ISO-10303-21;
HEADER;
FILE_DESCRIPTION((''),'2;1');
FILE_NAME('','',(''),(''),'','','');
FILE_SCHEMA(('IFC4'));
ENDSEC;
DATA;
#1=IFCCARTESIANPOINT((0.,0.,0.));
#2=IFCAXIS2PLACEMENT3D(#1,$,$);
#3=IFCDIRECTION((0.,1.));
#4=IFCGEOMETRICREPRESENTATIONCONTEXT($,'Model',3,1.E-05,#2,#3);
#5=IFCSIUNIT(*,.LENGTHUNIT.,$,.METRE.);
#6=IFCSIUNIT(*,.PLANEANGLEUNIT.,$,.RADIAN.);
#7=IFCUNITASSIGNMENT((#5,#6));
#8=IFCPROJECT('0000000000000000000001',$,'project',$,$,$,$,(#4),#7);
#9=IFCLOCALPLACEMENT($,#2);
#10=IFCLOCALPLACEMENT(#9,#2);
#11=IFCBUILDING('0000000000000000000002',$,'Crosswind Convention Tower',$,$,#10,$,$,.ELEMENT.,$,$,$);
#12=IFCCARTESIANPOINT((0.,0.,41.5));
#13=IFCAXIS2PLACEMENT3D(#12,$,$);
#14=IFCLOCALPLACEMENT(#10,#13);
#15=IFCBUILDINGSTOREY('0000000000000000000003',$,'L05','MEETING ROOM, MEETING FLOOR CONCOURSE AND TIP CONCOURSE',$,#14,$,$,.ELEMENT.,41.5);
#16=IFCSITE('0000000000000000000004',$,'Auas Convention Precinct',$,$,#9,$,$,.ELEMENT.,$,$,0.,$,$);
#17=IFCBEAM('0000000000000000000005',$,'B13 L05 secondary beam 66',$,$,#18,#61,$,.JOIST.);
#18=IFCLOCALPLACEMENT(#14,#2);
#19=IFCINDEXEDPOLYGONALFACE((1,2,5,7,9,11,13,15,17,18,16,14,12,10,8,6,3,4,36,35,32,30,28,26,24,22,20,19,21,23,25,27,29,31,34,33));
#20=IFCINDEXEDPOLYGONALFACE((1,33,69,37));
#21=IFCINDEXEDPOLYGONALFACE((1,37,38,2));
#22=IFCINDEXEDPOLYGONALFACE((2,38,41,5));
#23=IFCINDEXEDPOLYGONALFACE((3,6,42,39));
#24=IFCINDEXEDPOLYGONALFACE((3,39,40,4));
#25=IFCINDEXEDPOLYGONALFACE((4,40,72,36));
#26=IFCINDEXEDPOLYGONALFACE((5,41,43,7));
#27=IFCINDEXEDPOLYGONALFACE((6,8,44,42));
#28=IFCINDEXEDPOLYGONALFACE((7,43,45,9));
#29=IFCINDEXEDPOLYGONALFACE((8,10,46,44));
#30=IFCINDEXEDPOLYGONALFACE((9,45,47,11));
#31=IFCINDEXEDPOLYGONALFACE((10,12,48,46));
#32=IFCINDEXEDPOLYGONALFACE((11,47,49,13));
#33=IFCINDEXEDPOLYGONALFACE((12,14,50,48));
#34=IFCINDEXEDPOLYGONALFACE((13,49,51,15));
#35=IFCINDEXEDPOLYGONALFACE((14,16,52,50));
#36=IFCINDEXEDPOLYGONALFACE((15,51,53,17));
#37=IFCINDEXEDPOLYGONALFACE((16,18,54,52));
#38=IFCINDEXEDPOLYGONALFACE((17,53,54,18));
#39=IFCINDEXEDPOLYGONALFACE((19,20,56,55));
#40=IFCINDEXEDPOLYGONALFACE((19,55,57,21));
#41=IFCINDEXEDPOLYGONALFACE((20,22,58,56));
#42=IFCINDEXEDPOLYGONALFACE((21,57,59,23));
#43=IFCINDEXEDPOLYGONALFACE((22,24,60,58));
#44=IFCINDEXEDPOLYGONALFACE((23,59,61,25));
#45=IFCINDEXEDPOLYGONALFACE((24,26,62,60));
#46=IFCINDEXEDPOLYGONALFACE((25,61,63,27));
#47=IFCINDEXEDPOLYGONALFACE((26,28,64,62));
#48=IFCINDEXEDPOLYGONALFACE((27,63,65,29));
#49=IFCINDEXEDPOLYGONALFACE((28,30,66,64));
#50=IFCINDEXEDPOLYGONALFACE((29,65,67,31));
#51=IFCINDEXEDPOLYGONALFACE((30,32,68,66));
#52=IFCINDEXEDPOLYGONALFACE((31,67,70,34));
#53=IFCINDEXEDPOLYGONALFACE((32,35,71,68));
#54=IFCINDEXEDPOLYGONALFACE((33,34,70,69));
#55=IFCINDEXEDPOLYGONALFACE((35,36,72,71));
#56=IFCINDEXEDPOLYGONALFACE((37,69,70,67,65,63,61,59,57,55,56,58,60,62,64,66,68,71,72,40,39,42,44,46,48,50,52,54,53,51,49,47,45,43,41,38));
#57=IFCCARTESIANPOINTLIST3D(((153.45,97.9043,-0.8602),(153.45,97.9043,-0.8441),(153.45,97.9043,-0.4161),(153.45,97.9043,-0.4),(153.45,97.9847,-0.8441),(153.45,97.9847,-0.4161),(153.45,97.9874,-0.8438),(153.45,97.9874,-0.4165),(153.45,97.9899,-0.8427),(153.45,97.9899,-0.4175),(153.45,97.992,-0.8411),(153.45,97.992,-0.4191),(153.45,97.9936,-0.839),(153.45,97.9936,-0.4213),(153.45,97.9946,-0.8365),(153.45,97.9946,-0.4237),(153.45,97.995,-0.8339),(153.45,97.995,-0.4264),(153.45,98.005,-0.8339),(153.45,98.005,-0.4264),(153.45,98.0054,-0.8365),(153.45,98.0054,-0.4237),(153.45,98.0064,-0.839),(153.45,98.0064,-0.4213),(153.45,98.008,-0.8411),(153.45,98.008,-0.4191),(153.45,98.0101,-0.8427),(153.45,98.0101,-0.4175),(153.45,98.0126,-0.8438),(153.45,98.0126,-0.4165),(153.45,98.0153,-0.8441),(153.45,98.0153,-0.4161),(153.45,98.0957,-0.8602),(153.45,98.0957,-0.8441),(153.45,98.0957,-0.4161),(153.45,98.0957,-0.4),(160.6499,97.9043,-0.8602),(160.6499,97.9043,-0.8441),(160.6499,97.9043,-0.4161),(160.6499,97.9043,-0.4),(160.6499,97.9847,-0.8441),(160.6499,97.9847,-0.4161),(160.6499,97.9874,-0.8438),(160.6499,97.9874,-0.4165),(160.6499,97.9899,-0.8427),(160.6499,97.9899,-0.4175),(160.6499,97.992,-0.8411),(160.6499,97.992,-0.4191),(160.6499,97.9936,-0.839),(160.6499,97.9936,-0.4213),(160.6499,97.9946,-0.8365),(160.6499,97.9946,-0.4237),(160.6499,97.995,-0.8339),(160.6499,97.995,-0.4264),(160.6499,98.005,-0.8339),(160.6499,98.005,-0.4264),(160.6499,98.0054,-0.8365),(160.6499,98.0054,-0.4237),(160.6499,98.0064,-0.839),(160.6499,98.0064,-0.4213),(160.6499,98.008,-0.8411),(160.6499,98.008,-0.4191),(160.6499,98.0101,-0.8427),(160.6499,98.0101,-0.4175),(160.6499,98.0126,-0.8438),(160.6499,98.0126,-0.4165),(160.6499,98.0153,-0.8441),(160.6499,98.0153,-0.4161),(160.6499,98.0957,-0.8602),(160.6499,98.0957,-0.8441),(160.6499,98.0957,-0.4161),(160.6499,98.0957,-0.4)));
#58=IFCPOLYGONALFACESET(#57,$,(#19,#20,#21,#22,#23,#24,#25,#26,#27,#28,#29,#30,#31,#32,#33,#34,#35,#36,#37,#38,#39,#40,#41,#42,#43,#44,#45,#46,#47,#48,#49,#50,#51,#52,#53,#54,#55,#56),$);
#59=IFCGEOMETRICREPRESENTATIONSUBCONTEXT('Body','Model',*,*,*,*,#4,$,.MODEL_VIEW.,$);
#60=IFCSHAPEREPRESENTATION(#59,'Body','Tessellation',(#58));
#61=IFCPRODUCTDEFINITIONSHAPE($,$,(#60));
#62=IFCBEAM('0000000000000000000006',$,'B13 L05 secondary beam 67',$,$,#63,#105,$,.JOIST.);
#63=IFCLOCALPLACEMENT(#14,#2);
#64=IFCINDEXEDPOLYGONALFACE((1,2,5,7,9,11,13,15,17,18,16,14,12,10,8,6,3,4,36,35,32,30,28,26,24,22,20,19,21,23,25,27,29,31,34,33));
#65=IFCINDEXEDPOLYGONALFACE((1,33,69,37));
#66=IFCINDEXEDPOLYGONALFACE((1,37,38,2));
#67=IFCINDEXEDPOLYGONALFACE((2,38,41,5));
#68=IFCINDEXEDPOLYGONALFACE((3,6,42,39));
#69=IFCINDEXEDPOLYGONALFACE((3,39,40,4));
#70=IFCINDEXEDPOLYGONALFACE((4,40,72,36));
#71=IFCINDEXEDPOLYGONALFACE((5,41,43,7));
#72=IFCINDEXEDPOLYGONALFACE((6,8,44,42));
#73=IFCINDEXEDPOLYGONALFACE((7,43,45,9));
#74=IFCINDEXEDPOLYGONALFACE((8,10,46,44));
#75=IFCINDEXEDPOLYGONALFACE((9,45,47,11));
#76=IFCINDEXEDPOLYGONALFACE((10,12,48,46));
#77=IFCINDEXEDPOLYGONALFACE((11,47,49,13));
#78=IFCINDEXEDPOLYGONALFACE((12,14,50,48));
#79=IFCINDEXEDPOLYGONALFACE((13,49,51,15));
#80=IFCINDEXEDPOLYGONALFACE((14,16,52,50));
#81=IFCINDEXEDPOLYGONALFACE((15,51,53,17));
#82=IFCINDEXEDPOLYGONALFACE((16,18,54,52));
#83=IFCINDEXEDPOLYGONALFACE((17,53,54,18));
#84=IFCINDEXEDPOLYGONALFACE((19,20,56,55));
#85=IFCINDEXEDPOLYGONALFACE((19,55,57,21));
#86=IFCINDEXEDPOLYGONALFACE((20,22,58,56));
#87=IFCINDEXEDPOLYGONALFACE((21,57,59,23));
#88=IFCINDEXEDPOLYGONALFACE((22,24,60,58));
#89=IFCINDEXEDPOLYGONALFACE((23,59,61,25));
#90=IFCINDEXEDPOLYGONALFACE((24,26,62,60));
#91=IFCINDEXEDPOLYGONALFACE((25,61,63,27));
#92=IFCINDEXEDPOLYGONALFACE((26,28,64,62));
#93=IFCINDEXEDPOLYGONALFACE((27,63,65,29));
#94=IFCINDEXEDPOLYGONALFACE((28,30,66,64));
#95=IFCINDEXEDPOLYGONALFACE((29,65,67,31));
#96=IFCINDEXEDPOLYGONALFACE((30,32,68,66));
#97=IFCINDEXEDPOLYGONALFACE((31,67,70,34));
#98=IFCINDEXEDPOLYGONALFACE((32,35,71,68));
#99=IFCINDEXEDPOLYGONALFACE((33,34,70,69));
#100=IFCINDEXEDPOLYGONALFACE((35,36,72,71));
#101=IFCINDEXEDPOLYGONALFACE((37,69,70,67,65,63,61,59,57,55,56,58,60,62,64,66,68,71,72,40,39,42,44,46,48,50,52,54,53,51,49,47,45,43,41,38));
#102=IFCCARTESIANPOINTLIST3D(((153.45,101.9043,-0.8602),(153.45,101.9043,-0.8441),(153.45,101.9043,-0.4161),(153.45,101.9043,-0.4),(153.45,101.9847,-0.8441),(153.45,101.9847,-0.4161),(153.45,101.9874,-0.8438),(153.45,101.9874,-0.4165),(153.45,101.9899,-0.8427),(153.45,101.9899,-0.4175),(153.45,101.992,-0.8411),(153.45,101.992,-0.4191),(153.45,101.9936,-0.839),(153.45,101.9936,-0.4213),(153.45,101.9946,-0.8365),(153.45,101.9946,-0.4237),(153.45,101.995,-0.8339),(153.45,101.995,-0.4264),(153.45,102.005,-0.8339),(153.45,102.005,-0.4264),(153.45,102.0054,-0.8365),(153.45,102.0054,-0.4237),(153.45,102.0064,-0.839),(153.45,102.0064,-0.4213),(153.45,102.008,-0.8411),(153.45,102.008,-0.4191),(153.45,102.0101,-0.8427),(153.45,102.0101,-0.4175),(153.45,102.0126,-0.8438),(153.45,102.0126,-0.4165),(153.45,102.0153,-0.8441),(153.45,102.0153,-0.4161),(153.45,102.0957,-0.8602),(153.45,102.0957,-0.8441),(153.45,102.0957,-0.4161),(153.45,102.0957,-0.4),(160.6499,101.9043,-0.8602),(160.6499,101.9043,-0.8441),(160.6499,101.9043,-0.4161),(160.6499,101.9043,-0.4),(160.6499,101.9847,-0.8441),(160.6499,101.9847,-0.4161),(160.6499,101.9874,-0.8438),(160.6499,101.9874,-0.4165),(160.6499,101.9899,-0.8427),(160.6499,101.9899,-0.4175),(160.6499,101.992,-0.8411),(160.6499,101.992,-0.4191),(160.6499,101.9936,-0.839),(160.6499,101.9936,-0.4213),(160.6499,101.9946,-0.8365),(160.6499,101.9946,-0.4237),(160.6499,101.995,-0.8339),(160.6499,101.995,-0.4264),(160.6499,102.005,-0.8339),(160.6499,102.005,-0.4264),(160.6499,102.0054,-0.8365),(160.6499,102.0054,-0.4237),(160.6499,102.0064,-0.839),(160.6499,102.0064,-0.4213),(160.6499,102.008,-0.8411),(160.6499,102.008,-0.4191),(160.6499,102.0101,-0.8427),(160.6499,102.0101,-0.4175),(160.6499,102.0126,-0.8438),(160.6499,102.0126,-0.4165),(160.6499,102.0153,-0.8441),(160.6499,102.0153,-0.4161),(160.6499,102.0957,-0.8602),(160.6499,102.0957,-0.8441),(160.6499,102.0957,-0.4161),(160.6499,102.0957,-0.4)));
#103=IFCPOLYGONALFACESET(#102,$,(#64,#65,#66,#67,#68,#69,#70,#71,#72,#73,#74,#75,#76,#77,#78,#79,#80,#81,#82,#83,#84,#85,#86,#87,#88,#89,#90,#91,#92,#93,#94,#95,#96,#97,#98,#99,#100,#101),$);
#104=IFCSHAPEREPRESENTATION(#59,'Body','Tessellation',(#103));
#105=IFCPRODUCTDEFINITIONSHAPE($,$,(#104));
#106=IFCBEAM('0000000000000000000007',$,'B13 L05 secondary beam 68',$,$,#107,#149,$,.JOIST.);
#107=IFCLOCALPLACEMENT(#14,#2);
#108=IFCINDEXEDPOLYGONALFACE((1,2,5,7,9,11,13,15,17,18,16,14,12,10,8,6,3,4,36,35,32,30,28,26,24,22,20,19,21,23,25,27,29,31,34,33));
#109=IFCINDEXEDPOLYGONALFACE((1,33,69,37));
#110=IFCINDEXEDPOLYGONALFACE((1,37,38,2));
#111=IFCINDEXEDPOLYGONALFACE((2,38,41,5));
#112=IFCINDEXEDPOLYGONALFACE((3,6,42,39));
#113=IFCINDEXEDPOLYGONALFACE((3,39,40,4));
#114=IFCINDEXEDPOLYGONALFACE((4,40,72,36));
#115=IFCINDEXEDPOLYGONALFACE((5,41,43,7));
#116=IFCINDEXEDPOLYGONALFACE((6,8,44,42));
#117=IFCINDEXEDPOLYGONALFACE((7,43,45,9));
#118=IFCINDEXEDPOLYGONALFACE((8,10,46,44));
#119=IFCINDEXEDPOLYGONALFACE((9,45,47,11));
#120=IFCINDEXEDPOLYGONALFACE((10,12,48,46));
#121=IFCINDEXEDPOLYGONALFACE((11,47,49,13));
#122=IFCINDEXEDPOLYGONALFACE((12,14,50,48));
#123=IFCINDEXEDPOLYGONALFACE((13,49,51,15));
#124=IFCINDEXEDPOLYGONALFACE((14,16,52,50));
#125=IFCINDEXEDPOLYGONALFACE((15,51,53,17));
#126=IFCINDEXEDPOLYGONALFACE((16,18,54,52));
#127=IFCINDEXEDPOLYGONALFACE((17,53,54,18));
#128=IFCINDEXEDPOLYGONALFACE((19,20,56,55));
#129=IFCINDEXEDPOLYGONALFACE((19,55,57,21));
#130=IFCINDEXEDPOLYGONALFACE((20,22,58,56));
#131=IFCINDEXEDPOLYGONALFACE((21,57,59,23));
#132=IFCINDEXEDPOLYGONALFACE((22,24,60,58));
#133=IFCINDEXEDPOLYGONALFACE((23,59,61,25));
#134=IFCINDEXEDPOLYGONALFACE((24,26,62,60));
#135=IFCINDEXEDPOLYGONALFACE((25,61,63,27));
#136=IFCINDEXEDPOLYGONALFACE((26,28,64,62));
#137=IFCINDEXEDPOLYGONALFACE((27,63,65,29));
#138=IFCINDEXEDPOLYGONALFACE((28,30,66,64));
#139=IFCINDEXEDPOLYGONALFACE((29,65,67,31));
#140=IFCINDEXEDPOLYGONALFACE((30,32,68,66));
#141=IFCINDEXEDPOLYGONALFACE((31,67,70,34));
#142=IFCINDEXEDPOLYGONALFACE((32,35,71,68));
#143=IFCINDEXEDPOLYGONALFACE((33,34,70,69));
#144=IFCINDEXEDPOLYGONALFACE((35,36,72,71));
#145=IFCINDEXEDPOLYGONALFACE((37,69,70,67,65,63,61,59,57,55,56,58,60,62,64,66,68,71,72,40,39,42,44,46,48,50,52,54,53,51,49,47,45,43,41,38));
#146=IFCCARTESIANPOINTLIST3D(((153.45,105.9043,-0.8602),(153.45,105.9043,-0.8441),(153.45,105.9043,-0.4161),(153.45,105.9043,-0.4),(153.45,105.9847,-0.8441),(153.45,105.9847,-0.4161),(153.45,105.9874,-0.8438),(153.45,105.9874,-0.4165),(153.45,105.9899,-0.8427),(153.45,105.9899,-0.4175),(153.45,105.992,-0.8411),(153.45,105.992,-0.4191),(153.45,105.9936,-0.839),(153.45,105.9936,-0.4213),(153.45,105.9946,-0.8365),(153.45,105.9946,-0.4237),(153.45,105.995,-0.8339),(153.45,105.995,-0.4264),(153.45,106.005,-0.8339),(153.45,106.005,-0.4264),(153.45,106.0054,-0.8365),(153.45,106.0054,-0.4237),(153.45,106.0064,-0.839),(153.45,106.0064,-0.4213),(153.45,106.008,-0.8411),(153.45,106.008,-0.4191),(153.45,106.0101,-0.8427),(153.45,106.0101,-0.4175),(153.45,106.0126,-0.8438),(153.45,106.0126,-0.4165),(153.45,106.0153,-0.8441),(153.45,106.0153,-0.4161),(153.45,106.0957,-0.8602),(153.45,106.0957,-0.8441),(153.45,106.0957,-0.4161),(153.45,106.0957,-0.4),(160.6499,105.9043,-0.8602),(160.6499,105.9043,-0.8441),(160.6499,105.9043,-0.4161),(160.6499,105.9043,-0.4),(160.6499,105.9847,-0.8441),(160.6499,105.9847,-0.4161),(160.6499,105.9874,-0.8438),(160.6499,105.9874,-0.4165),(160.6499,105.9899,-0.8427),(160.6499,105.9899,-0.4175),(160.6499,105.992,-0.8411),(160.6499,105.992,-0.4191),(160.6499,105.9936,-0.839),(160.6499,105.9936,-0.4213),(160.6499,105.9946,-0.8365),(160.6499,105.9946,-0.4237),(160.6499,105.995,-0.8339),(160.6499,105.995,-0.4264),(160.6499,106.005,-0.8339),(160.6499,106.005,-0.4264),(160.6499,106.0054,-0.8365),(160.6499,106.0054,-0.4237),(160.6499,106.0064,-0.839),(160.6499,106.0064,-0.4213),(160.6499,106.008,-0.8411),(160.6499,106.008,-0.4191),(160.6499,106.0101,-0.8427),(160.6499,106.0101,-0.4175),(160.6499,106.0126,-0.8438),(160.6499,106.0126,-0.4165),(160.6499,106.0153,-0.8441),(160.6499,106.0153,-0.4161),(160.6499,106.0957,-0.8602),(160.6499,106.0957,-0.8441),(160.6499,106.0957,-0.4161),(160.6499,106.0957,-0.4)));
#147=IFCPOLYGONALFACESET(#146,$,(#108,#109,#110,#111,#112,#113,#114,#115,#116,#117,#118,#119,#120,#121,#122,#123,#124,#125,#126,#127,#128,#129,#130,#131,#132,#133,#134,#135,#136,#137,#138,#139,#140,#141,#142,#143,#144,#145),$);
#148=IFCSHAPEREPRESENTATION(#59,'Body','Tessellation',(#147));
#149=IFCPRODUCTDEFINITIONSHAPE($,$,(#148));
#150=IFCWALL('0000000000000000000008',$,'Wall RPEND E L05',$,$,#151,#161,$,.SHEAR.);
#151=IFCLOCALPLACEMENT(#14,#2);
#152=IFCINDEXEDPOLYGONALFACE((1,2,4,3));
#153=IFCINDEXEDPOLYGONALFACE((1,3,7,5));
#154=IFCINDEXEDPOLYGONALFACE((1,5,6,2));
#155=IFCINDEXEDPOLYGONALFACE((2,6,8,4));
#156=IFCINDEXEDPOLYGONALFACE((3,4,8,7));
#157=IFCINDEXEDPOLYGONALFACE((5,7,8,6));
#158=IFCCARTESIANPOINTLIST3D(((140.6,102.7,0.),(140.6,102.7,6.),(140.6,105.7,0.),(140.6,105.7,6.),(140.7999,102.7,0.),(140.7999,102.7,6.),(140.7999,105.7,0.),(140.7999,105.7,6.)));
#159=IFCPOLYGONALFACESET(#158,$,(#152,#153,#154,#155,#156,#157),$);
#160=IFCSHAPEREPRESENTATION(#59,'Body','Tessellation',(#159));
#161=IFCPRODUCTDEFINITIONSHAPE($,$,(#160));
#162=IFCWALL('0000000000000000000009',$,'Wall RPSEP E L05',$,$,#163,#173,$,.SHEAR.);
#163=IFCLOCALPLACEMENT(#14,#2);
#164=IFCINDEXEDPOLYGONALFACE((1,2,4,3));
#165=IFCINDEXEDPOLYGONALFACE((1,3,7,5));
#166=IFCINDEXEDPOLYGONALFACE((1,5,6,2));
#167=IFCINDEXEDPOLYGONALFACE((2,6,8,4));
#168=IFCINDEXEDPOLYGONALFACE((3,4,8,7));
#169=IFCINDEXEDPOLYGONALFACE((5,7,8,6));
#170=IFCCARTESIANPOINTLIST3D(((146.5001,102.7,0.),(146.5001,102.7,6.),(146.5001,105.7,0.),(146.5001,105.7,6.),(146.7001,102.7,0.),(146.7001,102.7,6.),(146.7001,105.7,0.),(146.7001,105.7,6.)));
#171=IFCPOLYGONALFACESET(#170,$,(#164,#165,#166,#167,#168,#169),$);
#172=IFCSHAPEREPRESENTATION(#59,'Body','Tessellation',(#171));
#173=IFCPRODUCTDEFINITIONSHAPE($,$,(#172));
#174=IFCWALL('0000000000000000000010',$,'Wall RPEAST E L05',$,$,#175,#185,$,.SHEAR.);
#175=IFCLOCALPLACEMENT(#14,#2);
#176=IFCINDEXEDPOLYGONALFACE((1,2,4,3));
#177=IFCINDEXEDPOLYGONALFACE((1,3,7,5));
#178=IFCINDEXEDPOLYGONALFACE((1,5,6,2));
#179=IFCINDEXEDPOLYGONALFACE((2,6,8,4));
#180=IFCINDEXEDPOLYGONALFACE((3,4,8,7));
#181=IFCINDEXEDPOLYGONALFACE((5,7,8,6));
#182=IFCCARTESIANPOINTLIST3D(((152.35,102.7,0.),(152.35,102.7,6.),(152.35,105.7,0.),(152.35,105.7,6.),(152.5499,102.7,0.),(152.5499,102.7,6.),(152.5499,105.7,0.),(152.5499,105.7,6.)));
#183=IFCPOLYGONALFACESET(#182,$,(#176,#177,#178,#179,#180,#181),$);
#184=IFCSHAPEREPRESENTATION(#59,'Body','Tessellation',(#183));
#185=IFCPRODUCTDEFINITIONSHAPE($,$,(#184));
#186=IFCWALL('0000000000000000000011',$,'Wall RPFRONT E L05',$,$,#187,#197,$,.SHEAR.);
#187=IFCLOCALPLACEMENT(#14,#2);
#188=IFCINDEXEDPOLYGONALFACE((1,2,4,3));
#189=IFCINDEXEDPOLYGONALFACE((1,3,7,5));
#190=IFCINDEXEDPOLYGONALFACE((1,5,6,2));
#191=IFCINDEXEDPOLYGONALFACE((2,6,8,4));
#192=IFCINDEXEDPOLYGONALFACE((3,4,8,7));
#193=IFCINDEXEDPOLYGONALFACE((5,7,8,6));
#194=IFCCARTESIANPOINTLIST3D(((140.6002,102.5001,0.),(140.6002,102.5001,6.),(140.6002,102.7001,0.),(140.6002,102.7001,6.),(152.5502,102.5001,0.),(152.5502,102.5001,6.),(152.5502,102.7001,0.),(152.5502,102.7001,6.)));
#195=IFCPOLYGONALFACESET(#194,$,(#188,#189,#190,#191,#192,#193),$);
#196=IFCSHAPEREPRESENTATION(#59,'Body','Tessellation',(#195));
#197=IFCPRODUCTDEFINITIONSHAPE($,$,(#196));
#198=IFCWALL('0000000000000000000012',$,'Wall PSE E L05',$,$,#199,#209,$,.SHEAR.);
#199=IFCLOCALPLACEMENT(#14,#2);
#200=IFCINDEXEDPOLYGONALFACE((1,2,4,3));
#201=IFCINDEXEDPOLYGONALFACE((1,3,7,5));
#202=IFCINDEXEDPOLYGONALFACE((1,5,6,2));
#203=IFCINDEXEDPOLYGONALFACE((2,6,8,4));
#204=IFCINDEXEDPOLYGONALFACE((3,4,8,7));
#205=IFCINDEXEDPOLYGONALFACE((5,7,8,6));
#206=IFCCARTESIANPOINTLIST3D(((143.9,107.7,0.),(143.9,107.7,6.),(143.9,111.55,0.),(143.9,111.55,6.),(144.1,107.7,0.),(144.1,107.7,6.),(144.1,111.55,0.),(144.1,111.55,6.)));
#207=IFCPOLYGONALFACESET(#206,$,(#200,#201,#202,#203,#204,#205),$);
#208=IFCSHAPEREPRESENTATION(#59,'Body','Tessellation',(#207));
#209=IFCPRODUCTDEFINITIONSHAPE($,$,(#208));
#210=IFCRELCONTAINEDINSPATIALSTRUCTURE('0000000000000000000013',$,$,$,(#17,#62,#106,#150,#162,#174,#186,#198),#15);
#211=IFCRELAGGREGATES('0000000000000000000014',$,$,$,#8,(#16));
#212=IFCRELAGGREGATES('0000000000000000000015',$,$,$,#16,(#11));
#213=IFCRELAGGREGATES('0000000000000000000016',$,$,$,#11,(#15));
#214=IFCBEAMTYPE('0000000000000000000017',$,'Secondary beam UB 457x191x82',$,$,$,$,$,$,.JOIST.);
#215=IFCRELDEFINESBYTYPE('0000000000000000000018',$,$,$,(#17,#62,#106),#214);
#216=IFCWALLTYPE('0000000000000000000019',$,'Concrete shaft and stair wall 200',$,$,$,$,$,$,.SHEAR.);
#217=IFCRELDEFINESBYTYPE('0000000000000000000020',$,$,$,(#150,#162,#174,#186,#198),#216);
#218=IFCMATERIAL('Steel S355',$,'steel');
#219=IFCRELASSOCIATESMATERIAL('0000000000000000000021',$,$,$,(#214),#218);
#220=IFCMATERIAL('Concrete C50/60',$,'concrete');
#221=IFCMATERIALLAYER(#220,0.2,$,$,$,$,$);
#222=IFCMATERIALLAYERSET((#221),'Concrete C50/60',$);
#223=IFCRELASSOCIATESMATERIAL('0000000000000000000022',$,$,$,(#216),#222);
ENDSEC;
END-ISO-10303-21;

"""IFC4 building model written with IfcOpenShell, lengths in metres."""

from ifc_helpers import new_model, si_unit, direction, frame, frame_2d, origin, origin_2d, place, context, subcontext, project, spatial, rectangle, i_section, extrude, material, layer, layer_set, material_profile, profile_set, type_object, element, save


model = new_model("IFC4")

# Units and contexts
model_context = context("Model", 3, precision=1e-05, world=origin(), true_north=direction((0.0, 1.0)))
body_context = subcontext(model_context, "Body", "Model", "MODEL_VIEW")
ifc_project = project(units=[si_unit("LENGTHUNIT", "METRE"), si_unit("PLANEANGLEUNIT", "RADIAN")], contexts=[model_context])

# Site, building, storey
site_placement = place(None, origin())
site = spatial("IfcSite", under=ifc_project, at=site_placement, Name="Auas Convention Precinct", CompositionType="ELEMENT", RefElevation=0.0)
building_placement = place(site_placement, origin())
building = spatial("IfcBuilding", under=site, at=building_placement, Name="Crosswind Convention Tower", CompositionType="ELEMENT")
storey_placement = place(building_placement, frame((0.0, 0.0, 41.5)))
storey = spatial("IfcBuildingStorey", under=building, at=storey_placement, Name="L05", Description="MEETING ROOM, MEETING FLOOR CONCOURSE AND TIP CONCOURSE", CompositionType="ELEMENT", Elevation=41.5)

# Beams
ifc_material_1 = material(Name="Steel S355", Category="steel")
ifc_material_profile = material_profile(ifc_material_1, i_section(OverallWidth=0.1914, OverallDepth=0.4602, WebThickness=0.01, FlangeThickness=0.0161, FilletRadius=0.0103, at=origin_2d()), Name="UB 457x191x82")
ifc_profile_set = profile_set([ifc_material_profile], Name="Steel S355")
beam_type = type_object("IfcBeamType", Name="Secondary beam UB 457x191x82", PredefinedType="JOIST", material=ifc_profile_set)
for number, where, z_axis, x_axis, name in (
    (1, (153.45, 98.0, -0.6301), (1.0, 0.0, 0.0), (0.0, 1.0, 0.0), "B13 L05 secondary beam 66"),
    (2, (153.45, 102.0, -0.6301), (1.0, 0.0, 0.0), (0.0, 1.0, 0.0), "B13 L05 secondary beam 67"),
    (3, (153.45, 106.0, -0.6301), (1.0, 0.0, 0.0), (0.0, 1.0, 0.0), "B13 L05 secondary beam 68"),
):
    element("IfcBeam", number, at=place(storey_placement, frame(where, z_axis=z_axis, x_axis=x_axis)), inside=storey, type_object=beam_type, Name=name, PredefinedType="JOIST", context=body_context, shape_type="SweptSolid", body=[
        extrude(i_section(OverallWidth=0.1914, OverallDepth=0.4602, WebThickness=0.01, FlangeThickness=0.0161, FilletRadius=0.0103, at=origin_2d()), origin(), (0.0, 0.0, 1.0), 7.2),
    ])

# Walls
ifc_material_2 = material(Name="Concrete C50/60", Category="concrete")
ifc_layer = layer(ifc_material_2, 0.2)
ifc_layer_set = layer_set([ifc_layer], Name="Concrete C50/60")
wall_type = type_object("IfcWallType", Name="Concrete shaft and stair wall 200", PredefinedType="SHEAR", material=ifc_layer_set)
for number, where, z_axis, x_axis, name in (
    (4, (140.7, 102.7, 0.0), (0.0, 0.0, 1.0), (0.0, 1.0, 0.0), "Wall RPEND E L05"),
    (5, (146.6001, 102.7, 0.0), (0.0, 0.0, 1.0), (0.0, 1.0, 0.0), "Wall RPSEP E L05"),
    (6, (152.45, 102.7, 0.0), (0.0, 0.0, 1.0), (0.0, 1.0, 0.0), "Wall RPEAST E L05"),
):
    element("IfcWall", number, at=place(storey_placement, frame(where, z_axis=z_axis, x_axis=x_axis)), inside=storey, type_object=wall_type, Name=name, PredefinedType="SHEAR", context=body_context, shape_type="SweptSolid", body=[
        extrude(rectangle(XDim=3.0, YDim=0.2, at=frame_2d((1.5, 0.0))), origin(), (0.0, 0.0, 1.0), 6.0),
    ])
wall_1_placement = place(storey_placement, frame((140.6001, 102.6001, 0.0), z_axis=(0.0, 0.0, 1.0), x_axis=(1.0, 0.0, 0.0)))
element("IfcWall", 7, at=wall_1_placement, inside=storey, type_object=wall_type, Name="Wall RPFRONT E L05", PredefinedType="SHEAR", context=body_context, shape_type="SweptSolid", body=[
    extrude(rectangle(XDim=11.95, YDim=0.2, at=frame_2d((5.9751, 0.0))), origin(), (0.0, 0.0, 1.0), 6.0),
])
wall_2_placement = place(storey_placement, frame((144.0, 107.7, 0.0), z_axis=(0.0, 0.0, 1.0), x_axis=(0.0, 1.0, 0.0)))
element("IfcWall", 8, at=wall_2_placement, inside=storey, type_object=wall_type, Name="Wall PSE E L05", PredefinedType="SHEAR", context=body_context, shape_type="SweptSolid", body=[
    extrude(rectangle(XDim=3.8501, YDim=0.2, at=frame_2d((1.925, 0.0))), origin(), (0.0, 0.0, 1.0), 6.0),
])

save(model, "model.ifc")
